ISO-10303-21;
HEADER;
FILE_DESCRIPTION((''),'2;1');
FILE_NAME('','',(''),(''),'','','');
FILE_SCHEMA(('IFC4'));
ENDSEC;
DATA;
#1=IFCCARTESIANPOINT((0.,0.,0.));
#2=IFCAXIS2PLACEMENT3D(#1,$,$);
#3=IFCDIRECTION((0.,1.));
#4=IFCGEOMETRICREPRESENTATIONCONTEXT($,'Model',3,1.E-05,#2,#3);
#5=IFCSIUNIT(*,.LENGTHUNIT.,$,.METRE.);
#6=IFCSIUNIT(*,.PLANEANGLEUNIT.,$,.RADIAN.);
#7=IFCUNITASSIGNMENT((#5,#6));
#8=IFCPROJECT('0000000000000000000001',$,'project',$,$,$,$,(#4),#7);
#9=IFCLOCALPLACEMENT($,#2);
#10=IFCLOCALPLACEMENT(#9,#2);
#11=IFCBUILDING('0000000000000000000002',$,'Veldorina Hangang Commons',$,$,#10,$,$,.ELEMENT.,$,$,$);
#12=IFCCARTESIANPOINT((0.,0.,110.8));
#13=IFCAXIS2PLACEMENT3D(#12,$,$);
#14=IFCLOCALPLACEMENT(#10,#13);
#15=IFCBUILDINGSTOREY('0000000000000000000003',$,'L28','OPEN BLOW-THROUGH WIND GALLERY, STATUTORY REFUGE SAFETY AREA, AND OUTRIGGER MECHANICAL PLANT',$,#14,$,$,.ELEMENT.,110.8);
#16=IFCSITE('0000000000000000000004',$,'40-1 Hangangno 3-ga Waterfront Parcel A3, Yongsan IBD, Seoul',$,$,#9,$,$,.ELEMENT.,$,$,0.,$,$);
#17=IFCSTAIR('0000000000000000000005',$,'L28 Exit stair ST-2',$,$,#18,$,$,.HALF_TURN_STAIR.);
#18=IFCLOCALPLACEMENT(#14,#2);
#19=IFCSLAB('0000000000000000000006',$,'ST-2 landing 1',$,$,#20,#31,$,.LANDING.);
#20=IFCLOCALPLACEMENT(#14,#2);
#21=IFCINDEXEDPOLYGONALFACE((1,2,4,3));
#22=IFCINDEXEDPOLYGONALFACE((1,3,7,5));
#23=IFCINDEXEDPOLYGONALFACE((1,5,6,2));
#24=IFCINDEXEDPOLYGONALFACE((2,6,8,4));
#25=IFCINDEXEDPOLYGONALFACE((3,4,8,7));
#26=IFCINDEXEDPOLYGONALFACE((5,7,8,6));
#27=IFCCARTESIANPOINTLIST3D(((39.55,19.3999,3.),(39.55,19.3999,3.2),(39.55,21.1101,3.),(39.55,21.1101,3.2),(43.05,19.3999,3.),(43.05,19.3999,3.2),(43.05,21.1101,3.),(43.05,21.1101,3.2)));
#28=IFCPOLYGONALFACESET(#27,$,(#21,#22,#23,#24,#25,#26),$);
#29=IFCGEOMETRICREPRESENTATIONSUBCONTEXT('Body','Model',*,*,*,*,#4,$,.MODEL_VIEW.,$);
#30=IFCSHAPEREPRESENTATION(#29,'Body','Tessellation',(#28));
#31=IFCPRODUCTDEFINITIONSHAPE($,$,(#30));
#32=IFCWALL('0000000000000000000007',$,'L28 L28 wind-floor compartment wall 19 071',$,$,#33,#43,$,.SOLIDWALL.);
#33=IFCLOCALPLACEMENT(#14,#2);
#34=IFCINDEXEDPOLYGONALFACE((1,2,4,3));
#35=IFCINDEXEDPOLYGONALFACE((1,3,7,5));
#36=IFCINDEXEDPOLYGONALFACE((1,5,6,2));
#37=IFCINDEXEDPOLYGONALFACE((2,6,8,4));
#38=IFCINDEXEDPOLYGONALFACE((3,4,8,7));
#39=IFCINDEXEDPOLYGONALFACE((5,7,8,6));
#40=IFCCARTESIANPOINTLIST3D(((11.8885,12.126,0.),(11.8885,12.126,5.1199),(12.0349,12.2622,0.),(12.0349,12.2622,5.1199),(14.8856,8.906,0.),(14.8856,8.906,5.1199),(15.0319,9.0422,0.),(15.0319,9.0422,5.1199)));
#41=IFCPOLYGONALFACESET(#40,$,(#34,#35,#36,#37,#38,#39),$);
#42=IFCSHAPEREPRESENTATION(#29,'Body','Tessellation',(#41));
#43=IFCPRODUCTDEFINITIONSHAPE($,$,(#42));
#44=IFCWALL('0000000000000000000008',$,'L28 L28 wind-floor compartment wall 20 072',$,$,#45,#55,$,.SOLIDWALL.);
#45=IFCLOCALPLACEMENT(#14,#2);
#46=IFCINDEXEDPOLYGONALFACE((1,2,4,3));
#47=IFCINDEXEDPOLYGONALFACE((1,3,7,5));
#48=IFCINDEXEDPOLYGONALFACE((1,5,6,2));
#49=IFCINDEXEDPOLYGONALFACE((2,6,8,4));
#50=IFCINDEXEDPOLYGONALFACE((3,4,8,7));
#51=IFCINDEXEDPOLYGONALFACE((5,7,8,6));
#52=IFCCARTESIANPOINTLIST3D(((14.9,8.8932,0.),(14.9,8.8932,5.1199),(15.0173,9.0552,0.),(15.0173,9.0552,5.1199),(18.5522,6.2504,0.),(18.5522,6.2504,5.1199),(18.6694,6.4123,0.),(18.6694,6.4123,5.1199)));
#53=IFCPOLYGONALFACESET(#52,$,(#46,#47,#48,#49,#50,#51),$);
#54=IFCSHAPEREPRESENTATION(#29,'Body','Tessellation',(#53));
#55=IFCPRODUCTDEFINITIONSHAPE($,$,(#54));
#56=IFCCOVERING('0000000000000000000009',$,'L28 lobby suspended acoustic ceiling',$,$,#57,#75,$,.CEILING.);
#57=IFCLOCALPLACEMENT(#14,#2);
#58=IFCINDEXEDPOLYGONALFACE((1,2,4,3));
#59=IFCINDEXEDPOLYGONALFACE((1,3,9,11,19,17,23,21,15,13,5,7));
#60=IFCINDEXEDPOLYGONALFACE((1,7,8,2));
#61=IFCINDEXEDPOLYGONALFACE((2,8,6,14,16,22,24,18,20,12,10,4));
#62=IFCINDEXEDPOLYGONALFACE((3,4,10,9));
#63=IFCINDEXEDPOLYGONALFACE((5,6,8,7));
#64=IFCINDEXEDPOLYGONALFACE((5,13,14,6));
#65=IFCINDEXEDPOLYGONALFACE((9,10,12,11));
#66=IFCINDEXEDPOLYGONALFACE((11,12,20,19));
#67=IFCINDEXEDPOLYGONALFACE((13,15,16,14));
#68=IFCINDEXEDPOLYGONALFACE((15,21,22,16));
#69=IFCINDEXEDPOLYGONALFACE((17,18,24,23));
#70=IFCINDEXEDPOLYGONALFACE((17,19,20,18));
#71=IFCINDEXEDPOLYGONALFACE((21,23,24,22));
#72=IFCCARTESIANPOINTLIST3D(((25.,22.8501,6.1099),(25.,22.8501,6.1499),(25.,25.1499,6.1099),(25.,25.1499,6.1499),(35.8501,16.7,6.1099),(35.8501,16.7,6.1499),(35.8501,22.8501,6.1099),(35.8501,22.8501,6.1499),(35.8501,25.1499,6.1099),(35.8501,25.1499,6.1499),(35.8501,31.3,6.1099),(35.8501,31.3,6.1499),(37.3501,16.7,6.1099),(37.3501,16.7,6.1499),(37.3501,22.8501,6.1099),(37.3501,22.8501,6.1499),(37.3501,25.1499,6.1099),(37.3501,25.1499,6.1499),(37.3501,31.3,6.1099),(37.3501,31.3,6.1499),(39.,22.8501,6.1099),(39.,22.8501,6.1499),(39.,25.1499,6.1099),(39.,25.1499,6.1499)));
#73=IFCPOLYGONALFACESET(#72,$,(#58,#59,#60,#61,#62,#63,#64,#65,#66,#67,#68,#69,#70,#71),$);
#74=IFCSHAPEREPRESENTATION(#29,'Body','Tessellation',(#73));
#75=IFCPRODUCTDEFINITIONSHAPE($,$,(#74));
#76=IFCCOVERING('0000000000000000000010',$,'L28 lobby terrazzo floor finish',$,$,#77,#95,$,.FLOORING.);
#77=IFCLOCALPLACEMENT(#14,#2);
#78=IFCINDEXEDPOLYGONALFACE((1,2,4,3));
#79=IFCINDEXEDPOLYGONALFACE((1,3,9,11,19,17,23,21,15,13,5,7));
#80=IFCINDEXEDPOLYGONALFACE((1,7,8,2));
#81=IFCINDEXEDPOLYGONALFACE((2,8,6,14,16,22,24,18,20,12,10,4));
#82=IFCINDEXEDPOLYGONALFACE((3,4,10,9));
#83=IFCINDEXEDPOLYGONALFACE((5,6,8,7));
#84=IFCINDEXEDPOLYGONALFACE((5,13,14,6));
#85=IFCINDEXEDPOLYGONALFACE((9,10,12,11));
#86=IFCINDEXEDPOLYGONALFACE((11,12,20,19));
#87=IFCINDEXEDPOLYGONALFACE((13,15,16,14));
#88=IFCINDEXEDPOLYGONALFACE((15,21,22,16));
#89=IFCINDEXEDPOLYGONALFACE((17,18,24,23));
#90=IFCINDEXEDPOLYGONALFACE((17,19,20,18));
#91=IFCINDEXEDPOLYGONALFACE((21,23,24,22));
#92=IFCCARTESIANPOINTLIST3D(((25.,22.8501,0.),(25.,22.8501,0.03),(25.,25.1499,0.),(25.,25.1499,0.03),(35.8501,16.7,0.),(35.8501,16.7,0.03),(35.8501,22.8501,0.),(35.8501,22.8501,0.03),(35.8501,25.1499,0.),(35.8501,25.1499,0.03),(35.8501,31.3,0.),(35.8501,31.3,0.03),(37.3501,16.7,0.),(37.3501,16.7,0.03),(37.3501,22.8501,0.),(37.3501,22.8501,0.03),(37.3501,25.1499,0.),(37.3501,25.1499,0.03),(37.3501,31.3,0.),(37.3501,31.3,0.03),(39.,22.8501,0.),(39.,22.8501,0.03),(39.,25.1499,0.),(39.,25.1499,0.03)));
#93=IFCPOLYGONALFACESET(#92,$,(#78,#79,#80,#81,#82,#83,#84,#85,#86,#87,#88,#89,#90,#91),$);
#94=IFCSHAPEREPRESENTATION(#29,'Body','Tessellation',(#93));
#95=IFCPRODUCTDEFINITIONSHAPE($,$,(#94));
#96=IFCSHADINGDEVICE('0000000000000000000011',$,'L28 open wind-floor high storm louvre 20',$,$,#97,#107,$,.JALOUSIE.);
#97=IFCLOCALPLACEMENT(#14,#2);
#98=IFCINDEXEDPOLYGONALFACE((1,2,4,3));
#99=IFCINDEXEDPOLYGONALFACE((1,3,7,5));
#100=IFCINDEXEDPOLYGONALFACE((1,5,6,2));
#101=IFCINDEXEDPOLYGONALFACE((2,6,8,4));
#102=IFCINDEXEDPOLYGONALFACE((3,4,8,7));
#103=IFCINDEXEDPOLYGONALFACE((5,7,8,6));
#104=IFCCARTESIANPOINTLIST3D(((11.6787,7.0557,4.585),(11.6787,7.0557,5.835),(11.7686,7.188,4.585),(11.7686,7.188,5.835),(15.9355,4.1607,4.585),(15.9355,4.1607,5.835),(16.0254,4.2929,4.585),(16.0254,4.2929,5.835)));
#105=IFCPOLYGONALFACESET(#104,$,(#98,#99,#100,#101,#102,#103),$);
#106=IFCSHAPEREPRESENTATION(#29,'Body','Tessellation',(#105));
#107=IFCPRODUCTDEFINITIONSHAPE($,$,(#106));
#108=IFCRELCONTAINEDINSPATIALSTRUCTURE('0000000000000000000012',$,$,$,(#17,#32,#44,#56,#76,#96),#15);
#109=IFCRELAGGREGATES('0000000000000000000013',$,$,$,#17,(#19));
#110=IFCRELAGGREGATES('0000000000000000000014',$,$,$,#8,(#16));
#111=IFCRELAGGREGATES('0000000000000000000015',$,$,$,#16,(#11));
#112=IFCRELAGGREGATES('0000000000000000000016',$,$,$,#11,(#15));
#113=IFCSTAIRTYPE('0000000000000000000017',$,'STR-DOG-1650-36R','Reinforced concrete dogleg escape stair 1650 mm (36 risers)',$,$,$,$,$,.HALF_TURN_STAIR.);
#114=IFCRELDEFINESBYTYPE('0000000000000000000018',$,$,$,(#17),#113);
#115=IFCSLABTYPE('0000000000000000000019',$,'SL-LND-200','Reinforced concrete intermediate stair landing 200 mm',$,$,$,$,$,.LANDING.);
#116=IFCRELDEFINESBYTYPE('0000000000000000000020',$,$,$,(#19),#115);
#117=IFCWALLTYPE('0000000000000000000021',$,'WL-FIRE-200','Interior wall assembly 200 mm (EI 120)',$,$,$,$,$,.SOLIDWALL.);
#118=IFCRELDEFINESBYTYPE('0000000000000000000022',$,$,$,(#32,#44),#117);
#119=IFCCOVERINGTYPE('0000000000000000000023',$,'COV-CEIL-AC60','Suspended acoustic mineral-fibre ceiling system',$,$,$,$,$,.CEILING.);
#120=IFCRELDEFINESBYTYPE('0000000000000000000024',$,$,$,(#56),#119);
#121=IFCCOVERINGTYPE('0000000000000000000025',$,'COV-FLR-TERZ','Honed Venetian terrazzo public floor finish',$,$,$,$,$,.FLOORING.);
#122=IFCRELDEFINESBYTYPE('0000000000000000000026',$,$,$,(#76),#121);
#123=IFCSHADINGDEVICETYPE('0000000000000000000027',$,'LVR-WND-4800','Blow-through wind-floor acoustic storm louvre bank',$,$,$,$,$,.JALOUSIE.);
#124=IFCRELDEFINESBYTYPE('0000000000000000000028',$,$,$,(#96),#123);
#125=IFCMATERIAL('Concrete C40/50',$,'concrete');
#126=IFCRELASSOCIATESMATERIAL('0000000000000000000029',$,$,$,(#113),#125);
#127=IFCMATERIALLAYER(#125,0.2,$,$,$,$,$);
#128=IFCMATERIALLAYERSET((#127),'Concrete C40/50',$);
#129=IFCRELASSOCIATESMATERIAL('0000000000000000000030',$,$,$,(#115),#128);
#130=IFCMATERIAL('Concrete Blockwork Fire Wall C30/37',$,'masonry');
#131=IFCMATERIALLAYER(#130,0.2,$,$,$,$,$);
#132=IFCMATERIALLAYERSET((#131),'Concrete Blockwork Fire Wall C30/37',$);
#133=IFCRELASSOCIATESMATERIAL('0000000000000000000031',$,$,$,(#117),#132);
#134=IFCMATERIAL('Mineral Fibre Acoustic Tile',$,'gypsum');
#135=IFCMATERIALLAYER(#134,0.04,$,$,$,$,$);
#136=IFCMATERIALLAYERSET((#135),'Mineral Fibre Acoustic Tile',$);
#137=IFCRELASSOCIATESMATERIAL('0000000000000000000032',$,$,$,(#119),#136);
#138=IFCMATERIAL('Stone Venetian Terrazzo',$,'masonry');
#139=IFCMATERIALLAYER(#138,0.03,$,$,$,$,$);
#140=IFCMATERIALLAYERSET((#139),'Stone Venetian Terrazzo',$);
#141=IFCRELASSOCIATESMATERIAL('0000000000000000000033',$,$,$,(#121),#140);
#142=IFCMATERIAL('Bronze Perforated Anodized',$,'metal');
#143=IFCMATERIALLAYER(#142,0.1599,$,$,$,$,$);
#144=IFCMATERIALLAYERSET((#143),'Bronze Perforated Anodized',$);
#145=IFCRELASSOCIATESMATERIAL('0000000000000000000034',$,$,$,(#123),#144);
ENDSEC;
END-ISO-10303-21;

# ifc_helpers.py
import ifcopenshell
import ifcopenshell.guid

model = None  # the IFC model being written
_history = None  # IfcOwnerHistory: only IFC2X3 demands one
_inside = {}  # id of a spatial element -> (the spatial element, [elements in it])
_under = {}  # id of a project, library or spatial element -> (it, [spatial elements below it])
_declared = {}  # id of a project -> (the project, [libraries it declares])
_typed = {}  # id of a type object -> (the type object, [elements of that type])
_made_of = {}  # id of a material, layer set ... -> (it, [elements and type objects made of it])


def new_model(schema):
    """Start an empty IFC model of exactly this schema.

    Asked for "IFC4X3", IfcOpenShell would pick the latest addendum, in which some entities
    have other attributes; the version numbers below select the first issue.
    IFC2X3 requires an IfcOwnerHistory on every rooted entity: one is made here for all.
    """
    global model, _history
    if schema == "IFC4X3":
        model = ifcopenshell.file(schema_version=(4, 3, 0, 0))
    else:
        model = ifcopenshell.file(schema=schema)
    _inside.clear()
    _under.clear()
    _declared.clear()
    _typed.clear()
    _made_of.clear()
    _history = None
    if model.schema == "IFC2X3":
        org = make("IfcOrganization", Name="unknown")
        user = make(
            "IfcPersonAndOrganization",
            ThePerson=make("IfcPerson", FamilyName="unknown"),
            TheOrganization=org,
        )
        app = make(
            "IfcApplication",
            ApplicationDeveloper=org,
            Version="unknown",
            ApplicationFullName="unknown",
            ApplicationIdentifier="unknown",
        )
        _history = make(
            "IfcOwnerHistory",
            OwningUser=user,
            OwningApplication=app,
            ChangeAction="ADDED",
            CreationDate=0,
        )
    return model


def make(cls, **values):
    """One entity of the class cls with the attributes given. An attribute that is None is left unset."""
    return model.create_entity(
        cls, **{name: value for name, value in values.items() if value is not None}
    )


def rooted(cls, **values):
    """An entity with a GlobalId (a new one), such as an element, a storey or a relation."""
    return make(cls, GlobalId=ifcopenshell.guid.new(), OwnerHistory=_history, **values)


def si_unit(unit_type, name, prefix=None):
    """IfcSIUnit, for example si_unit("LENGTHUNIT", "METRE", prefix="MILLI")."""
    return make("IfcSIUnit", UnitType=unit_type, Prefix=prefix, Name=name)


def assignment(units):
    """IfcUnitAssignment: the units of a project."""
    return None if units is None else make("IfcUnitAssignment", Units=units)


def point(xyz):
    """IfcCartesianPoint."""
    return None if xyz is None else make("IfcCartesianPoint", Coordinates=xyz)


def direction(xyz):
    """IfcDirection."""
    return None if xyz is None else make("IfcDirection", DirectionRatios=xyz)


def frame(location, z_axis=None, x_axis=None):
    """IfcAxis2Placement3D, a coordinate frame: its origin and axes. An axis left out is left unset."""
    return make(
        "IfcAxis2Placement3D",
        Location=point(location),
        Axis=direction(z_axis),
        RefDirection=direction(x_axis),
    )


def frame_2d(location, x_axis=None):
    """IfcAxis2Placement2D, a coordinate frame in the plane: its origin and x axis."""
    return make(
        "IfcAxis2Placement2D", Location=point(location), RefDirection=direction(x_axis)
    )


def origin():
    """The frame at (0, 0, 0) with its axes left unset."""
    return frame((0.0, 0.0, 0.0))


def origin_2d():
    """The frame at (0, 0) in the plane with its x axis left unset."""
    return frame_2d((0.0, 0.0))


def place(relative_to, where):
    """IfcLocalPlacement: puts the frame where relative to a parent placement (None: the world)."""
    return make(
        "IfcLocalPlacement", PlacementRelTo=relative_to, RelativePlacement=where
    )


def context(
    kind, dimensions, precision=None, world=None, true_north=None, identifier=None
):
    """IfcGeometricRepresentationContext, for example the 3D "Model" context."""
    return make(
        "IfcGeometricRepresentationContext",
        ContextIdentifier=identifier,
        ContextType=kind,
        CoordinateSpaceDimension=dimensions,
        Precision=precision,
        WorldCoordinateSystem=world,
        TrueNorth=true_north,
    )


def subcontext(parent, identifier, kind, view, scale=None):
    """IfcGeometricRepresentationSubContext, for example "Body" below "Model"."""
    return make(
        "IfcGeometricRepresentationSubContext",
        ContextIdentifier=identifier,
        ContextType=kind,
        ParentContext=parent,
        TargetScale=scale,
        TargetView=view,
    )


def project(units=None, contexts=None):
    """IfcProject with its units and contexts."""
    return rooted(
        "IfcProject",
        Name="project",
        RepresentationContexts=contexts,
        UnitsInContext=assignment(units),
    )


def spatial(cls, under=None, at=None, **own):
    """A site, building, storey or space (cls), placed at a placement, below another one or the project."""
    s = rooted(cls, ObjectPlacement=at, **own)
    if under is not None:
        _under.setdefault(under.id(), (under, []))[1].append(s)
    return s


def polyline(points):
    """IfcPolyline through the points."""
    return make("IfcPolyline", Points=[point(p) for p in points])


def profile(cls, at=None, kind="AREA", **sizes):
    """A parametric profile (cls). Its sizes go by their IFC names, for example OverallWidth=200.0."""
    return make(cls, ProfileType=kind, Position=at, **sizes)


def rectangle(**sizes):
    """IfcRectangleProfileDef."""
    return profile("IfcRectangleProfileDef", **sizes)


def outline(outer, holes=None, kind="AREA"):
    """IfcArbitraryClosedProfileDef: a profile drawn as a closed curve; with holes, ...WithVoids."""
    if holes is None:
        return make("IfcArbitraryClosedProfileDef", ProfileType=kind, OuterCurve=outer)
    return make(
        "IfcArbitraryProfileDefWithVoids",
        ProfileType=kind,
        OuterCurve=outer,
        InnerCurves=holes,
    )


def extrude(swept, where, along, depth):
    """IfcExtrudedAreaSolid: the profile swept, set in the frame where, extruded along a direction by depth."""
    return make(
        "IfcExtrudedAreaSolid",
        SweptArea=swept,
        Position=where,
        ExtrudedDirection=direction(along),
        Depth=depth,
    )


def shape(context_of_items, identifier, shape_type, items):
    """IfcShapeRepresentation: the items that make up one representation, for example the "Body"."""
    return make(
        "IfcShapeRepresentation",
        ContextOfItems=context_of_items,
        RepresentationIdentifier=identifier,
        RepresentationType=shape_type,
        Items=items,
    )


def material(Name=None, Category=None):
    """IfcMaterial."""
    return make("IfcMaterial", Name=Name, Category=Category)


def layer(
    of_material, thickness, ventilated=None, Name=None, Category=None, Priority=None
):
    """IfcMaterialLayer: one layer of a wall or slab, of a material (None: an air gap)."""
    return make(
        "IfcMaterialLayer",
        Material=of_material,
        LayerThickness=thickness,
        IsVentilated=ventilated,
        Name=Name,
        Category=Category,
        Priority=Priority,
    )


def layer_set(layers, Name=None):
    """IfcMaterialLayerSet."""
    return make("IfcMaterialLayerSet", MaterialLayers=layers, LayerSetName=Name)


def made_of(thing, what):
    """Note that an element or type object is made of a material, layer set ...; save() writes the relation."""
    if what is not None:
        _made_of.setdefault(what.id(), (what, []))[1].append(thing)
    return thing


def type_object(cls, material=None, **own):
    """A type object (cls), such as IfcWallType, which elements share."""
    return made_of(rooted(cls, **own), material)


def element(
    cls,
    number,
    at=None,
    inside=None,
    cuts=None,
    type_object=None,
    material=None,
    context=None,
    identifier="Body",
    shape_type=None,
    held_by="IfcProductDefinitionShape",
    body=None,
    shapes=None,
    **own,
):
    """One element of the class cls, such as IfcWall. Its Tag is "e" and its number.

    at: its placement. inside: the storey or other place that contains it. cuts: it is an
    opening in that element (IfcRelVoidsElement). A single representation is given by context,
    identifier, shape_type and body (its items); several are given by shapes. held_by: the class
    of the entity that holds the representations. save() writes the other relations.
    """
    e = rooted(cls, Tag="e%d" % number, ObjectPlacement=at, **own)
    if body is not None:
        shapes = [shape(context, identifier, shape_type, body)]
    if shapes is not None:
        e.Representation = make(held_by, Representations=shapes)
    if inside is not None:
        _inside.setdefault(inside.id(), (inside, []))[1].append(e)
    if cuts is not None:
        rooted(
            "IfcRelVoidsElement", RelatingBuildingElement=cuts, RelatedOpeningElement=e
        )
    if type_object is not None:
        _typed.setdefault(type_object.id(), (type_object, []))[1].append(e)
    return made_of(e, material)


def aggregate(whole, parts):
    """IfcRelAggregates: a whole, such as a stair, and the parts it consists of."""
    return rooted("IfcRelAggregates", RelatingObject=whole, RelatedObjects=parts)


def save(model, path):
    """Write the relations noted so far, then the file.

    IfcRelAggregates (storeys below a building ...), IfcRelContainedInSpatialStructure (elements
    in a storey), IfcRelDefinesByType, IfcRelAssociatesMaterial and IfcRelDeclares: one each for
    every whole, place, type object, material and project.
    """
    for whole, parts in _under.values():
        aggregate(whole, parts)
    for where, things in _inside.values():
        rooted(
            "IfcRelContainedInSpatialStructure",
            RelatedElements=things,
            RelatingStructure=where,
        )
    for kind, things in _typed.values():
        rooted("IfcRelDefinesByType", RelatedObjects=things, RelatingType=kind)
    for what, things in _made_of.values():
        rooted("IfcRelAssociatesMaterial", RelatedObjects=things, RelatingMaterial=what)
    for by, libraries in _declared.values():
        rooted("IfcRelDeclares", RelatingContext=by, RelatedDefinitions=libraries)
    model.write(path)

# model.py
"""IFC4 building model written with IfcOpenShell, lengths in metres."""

from ifc_helpers import new_model, si_unit, direction, frame, frame_2d, origin, origin_2d, place, context, subcontext, project, spatial, polyline, rectangle, outline, extrude, material, layer, layer_set, type_object, element, aggregate, save


model = new_model("IFC4")

# Units and contexts
model_context = context("Model", 3, precision=1e-05, world=origin(), true_north=direction((0.0, 1.0)))
body_context = subcontext(model_context, "Body", "Model", "MODEL_VIEW")
ifc_project = project(units=[si_unit("LENGTHUNIT", "METRE"), si_unit("PLANEANGLEUNIT", "RADIAN")], contexts=[model_context])

# Site, building, storey
site_placement = place(None, origin())
site = spatial("IfcSite", under=ifc_project, at=site_placement, Name="40-1 Hangangno 3-ga Waterfront Parcel A3, Yongsan IBD, Seoul", CompositionType="ELEMENT", RefElevation=0.0)
building_placement = place(site_placement, origin())
building = spatial("IfcBuilding", under=site, at=building_placement, Name="Veldorina Hangang Commons", CompositionType="ELEMENT")
storey_placement = place(building_placement, frame((0.0, 0.0, 110.8)))
storey = spatial("IfcBuildingStorey", under=building, at=storey_placement, Name="L28", Description="OPEN BLOW-THROUGH WIND GALLERY, STATUTORY REFUGE SAFETY AREA, AND OUTRIGGER MECHANICAL PLANT", CompositionType="ELEMENT", Elevation=110.8)

# Stair, slab
ifc_material_1 = material(Name="Concrete C40/50", Category="concrete")
stair_type = type_object("IfcStairType", Name="STR-DOG-1650-36R", Description="Reinforced concrete dogleg escape stair 1650 mm (36 risers)", PredefinedType="HALF_TURN_STAIR", material=ifc_material_1)
ifc_layer_1 = layer(ifc_material_1, 0.2)
ifc_layer_set_1 = layer_set([ifc_layer_1], Name="Concrete C40/50")
slab_type_1 = type_object("IfcSlabType", Name="SL-LND-200", Description="Reinforced concrete intermediate stair landing 200 mm", PredefinedType="LANDING", material=ifc_layer_set_1)
stair_1_placement = place(storey_placement, origin())
stair_1 = element("IfcStair", 1, at=stair_1_placement, inside=storey, type_object=stair_type, Name="L28 Exit stair ST-2", PredefinedType="HALF_TURN_STAIR")
slab_1_placement = place(storey_placement, frame((0.0, 0.0, 3.0)))
slab_1 = element("IfcSlab", 2, at=slab_1_placement, type_object=slab_type_1, Name="ST-2 landing 1", PredefinedType="LANDING", context=body_context, shape_type="SweptSolid", body=[
    extrude(outline(polyline([(39.55, 21.1101), (39.55, 19.3999), (43.05, 19.3999), (43.05, 21.1101), (39.55, 21.1101)])), origin(), (0.0, 0.0, 1.0), 0.2),
])
aggregate(stair_1, [slab_1])

# Walls
ifc_material_2 = material(Name="Concrete Blockwork Fire Wall C30/37", Category="masonry")
ifc_layer_2 = layer(ifc_material_2, 0.2)
ifc_layer_set_2 = layer_set([ifc_layer_2], Name="Concrete Blockwork Fire Wall C30/37")
wall_type = type_object("IfcWallType", Name="WL-FIRE-200", Description="Interior wall assembly 200 mm (EI 120)", PredefinedType="SOLIDWALL", material=ifc_layer_set_2)
wall_1_placement = place(storey_placement, frame((11.9617, 12.1941, 0.0), z_axis=(0.0, 0.0, 1.0), x_axis=(0.681317, -0.731988, 0.0)))
element("IfcWall", 3, at=wall_1_placement, inside=storey, type_object=wall_type, Name="L28 L28 wind-floor compartment wall 19 071", PredefinedType="SOLIDWALL", context=body_context, shape_type="SweptSolid", body=[
    extrude(rectangle(XDim=4.3989, YDim=0.2, at=frame_2d((2.1995, 0.0))), origin(), (0.0, 0.0, 1.0), 5.1199),
])
wall_2_placement = place(storey_placement, frame((14.9587, 8.9741, 0.0), z_axis=(0.0, 0.0, 1.0), x_axis=(0.810132, -0.586248, 0.0)))
element("IfcWall", 4, at=wall_2_placement, inside=storey, type_object=wall_type, Name="L28 L28 wind-floor compartment wall 20 072", PredefinedType="SOLIDWALL", context=body_context, shape_type="SweptSolid", body=[
    extrude(rectangle(XDim=4.5081, YDim=0.2, at=frame_2d((2.2539, 0.0))), origin(), (0.0, 0.0, 1.0), 5.1199),
])

# Coverings
ifc_material_3 = material(Name="Mineral Fibre Acoustic Tile", Category="gypsum")
ifc_layer_3 = layer(ifc_material_3, 0.04)
ifc_layer_set_3 = layer_set([ifc_layer_3], Name="Mineral Fibre Acoustic Tile")
covering_type_1 = type_object("IfcCoveringType", Name="COV-CEIL-AC60", Description="Suspended acoustic mineral-fibre ceiling system", PredefinedType="CEILING", material=ifc_layer_set_3)
covering_1_placement = place(storey_placement, frame((0.0, 0.0, 6.1099)))
element("IfcCovering", 5, at=covering_1_placement, inside=storey, type_object=covering_type_1, Name="L28 lobby suspended acoustic ceiling", PredefinedType="CEILING", context=body_context, shape_type="SweptSolid", body=[
    extrude(outline(polyline([(25.0, 22.8501), (35.8501, 22.8501), (35.8501, 16.7), (37.3501, 16.7), (37.3501, 22.8501), (39.0, 22.8501), (39.0, 25.1499), (37.3501, 25.1499), (37.3501, 31.3), (35.8501, 31.3), (35.8501, 25.1499), (25.0, 25.1499), (25.0, 22.8501)])), origin(), (0.0, 0.0, 1.0), 0.04),
])
ifc_material_4 = material(Name="Stone Venetian Terrazzo", Category="masonry")
ifc_layer_4 = layer(ifc_material_4, 0.03)
ifc_layer_set_4 = layer_set([ifc_layer_4], Name="Stone Venetian Terrazzo")
covering_type_2 = type_object("IfcCoveringType", Name="COV-FLR-TERZ", Description="Honed Venetian terrazzo public floor finish", PredefinedType="FLOORING", material=ifc_layer_set_4)
covering_2_placement = place(storey_placement, origin())
element("IfcCovering", 6, at=covering_2_placement, inside=storey, type_object=covering_type_2, Name="L28 lobby terrazzo floor finish", PredefinedType="FLOORING", context=body_context, shape_type="SweptSolid", body=[
    extrude(outline(polyline([(25.0, 22.8501), (35.8501, 22.8501), (35.8501, 16.7), (37.3501, 16.7), (37.3501, 22.8501), (39.0, 22.8501), (39.0, 25.1499), (37.3501, 25.1499), (37.3501, 31.3), (35.8501, 31.3), (35.8501, 25.1499), (25.0, 25.1499), (25.0, 22.8501)])), origin(), (0.0, 0.0, 1.0), 0.03),
])

# Shading device
ifc_material_5 = material(Name="Bronze Perforated Anodized", Category="metal")
ifc_layer_5 = layer(ifc_material_5, 0.1599)
ifc_layer_set_5 = layer_set([ifc_layer_5], Name="Bronze Perforated Anodized")
shading_device_type = type_object("IfcShadingDeviceType", Name="LVR-WND-4800", Description="Blow-through wind-floor acoustic storm louvre bank", PredefinedType="JALOUSIE", material=ifc_layer_set_5)
shading_device_placement = place(storey_placement, frame((13.8521, 5.6743, 4.585), z_axis=(0.0, 0.0, 1.0), x_axis=(0.826884, -0.562372, 0.0)))
element("IfcShadingDevice", 7, at=shading_device_placement, inside=storey, type_object=shading_device_type, Name="L28 open wind-floor high storm louvre 20", PredefinedType="JALOUSIE", context=body_context, shape_type="SweptSolid", body=[
    extrude(rectangle(XDim=5.1479, YDim=0.1599, at=origin_2d()), origin(), (0.0, 0.0, 1.0), 1.25),
])

save(model, "model.ifc")
